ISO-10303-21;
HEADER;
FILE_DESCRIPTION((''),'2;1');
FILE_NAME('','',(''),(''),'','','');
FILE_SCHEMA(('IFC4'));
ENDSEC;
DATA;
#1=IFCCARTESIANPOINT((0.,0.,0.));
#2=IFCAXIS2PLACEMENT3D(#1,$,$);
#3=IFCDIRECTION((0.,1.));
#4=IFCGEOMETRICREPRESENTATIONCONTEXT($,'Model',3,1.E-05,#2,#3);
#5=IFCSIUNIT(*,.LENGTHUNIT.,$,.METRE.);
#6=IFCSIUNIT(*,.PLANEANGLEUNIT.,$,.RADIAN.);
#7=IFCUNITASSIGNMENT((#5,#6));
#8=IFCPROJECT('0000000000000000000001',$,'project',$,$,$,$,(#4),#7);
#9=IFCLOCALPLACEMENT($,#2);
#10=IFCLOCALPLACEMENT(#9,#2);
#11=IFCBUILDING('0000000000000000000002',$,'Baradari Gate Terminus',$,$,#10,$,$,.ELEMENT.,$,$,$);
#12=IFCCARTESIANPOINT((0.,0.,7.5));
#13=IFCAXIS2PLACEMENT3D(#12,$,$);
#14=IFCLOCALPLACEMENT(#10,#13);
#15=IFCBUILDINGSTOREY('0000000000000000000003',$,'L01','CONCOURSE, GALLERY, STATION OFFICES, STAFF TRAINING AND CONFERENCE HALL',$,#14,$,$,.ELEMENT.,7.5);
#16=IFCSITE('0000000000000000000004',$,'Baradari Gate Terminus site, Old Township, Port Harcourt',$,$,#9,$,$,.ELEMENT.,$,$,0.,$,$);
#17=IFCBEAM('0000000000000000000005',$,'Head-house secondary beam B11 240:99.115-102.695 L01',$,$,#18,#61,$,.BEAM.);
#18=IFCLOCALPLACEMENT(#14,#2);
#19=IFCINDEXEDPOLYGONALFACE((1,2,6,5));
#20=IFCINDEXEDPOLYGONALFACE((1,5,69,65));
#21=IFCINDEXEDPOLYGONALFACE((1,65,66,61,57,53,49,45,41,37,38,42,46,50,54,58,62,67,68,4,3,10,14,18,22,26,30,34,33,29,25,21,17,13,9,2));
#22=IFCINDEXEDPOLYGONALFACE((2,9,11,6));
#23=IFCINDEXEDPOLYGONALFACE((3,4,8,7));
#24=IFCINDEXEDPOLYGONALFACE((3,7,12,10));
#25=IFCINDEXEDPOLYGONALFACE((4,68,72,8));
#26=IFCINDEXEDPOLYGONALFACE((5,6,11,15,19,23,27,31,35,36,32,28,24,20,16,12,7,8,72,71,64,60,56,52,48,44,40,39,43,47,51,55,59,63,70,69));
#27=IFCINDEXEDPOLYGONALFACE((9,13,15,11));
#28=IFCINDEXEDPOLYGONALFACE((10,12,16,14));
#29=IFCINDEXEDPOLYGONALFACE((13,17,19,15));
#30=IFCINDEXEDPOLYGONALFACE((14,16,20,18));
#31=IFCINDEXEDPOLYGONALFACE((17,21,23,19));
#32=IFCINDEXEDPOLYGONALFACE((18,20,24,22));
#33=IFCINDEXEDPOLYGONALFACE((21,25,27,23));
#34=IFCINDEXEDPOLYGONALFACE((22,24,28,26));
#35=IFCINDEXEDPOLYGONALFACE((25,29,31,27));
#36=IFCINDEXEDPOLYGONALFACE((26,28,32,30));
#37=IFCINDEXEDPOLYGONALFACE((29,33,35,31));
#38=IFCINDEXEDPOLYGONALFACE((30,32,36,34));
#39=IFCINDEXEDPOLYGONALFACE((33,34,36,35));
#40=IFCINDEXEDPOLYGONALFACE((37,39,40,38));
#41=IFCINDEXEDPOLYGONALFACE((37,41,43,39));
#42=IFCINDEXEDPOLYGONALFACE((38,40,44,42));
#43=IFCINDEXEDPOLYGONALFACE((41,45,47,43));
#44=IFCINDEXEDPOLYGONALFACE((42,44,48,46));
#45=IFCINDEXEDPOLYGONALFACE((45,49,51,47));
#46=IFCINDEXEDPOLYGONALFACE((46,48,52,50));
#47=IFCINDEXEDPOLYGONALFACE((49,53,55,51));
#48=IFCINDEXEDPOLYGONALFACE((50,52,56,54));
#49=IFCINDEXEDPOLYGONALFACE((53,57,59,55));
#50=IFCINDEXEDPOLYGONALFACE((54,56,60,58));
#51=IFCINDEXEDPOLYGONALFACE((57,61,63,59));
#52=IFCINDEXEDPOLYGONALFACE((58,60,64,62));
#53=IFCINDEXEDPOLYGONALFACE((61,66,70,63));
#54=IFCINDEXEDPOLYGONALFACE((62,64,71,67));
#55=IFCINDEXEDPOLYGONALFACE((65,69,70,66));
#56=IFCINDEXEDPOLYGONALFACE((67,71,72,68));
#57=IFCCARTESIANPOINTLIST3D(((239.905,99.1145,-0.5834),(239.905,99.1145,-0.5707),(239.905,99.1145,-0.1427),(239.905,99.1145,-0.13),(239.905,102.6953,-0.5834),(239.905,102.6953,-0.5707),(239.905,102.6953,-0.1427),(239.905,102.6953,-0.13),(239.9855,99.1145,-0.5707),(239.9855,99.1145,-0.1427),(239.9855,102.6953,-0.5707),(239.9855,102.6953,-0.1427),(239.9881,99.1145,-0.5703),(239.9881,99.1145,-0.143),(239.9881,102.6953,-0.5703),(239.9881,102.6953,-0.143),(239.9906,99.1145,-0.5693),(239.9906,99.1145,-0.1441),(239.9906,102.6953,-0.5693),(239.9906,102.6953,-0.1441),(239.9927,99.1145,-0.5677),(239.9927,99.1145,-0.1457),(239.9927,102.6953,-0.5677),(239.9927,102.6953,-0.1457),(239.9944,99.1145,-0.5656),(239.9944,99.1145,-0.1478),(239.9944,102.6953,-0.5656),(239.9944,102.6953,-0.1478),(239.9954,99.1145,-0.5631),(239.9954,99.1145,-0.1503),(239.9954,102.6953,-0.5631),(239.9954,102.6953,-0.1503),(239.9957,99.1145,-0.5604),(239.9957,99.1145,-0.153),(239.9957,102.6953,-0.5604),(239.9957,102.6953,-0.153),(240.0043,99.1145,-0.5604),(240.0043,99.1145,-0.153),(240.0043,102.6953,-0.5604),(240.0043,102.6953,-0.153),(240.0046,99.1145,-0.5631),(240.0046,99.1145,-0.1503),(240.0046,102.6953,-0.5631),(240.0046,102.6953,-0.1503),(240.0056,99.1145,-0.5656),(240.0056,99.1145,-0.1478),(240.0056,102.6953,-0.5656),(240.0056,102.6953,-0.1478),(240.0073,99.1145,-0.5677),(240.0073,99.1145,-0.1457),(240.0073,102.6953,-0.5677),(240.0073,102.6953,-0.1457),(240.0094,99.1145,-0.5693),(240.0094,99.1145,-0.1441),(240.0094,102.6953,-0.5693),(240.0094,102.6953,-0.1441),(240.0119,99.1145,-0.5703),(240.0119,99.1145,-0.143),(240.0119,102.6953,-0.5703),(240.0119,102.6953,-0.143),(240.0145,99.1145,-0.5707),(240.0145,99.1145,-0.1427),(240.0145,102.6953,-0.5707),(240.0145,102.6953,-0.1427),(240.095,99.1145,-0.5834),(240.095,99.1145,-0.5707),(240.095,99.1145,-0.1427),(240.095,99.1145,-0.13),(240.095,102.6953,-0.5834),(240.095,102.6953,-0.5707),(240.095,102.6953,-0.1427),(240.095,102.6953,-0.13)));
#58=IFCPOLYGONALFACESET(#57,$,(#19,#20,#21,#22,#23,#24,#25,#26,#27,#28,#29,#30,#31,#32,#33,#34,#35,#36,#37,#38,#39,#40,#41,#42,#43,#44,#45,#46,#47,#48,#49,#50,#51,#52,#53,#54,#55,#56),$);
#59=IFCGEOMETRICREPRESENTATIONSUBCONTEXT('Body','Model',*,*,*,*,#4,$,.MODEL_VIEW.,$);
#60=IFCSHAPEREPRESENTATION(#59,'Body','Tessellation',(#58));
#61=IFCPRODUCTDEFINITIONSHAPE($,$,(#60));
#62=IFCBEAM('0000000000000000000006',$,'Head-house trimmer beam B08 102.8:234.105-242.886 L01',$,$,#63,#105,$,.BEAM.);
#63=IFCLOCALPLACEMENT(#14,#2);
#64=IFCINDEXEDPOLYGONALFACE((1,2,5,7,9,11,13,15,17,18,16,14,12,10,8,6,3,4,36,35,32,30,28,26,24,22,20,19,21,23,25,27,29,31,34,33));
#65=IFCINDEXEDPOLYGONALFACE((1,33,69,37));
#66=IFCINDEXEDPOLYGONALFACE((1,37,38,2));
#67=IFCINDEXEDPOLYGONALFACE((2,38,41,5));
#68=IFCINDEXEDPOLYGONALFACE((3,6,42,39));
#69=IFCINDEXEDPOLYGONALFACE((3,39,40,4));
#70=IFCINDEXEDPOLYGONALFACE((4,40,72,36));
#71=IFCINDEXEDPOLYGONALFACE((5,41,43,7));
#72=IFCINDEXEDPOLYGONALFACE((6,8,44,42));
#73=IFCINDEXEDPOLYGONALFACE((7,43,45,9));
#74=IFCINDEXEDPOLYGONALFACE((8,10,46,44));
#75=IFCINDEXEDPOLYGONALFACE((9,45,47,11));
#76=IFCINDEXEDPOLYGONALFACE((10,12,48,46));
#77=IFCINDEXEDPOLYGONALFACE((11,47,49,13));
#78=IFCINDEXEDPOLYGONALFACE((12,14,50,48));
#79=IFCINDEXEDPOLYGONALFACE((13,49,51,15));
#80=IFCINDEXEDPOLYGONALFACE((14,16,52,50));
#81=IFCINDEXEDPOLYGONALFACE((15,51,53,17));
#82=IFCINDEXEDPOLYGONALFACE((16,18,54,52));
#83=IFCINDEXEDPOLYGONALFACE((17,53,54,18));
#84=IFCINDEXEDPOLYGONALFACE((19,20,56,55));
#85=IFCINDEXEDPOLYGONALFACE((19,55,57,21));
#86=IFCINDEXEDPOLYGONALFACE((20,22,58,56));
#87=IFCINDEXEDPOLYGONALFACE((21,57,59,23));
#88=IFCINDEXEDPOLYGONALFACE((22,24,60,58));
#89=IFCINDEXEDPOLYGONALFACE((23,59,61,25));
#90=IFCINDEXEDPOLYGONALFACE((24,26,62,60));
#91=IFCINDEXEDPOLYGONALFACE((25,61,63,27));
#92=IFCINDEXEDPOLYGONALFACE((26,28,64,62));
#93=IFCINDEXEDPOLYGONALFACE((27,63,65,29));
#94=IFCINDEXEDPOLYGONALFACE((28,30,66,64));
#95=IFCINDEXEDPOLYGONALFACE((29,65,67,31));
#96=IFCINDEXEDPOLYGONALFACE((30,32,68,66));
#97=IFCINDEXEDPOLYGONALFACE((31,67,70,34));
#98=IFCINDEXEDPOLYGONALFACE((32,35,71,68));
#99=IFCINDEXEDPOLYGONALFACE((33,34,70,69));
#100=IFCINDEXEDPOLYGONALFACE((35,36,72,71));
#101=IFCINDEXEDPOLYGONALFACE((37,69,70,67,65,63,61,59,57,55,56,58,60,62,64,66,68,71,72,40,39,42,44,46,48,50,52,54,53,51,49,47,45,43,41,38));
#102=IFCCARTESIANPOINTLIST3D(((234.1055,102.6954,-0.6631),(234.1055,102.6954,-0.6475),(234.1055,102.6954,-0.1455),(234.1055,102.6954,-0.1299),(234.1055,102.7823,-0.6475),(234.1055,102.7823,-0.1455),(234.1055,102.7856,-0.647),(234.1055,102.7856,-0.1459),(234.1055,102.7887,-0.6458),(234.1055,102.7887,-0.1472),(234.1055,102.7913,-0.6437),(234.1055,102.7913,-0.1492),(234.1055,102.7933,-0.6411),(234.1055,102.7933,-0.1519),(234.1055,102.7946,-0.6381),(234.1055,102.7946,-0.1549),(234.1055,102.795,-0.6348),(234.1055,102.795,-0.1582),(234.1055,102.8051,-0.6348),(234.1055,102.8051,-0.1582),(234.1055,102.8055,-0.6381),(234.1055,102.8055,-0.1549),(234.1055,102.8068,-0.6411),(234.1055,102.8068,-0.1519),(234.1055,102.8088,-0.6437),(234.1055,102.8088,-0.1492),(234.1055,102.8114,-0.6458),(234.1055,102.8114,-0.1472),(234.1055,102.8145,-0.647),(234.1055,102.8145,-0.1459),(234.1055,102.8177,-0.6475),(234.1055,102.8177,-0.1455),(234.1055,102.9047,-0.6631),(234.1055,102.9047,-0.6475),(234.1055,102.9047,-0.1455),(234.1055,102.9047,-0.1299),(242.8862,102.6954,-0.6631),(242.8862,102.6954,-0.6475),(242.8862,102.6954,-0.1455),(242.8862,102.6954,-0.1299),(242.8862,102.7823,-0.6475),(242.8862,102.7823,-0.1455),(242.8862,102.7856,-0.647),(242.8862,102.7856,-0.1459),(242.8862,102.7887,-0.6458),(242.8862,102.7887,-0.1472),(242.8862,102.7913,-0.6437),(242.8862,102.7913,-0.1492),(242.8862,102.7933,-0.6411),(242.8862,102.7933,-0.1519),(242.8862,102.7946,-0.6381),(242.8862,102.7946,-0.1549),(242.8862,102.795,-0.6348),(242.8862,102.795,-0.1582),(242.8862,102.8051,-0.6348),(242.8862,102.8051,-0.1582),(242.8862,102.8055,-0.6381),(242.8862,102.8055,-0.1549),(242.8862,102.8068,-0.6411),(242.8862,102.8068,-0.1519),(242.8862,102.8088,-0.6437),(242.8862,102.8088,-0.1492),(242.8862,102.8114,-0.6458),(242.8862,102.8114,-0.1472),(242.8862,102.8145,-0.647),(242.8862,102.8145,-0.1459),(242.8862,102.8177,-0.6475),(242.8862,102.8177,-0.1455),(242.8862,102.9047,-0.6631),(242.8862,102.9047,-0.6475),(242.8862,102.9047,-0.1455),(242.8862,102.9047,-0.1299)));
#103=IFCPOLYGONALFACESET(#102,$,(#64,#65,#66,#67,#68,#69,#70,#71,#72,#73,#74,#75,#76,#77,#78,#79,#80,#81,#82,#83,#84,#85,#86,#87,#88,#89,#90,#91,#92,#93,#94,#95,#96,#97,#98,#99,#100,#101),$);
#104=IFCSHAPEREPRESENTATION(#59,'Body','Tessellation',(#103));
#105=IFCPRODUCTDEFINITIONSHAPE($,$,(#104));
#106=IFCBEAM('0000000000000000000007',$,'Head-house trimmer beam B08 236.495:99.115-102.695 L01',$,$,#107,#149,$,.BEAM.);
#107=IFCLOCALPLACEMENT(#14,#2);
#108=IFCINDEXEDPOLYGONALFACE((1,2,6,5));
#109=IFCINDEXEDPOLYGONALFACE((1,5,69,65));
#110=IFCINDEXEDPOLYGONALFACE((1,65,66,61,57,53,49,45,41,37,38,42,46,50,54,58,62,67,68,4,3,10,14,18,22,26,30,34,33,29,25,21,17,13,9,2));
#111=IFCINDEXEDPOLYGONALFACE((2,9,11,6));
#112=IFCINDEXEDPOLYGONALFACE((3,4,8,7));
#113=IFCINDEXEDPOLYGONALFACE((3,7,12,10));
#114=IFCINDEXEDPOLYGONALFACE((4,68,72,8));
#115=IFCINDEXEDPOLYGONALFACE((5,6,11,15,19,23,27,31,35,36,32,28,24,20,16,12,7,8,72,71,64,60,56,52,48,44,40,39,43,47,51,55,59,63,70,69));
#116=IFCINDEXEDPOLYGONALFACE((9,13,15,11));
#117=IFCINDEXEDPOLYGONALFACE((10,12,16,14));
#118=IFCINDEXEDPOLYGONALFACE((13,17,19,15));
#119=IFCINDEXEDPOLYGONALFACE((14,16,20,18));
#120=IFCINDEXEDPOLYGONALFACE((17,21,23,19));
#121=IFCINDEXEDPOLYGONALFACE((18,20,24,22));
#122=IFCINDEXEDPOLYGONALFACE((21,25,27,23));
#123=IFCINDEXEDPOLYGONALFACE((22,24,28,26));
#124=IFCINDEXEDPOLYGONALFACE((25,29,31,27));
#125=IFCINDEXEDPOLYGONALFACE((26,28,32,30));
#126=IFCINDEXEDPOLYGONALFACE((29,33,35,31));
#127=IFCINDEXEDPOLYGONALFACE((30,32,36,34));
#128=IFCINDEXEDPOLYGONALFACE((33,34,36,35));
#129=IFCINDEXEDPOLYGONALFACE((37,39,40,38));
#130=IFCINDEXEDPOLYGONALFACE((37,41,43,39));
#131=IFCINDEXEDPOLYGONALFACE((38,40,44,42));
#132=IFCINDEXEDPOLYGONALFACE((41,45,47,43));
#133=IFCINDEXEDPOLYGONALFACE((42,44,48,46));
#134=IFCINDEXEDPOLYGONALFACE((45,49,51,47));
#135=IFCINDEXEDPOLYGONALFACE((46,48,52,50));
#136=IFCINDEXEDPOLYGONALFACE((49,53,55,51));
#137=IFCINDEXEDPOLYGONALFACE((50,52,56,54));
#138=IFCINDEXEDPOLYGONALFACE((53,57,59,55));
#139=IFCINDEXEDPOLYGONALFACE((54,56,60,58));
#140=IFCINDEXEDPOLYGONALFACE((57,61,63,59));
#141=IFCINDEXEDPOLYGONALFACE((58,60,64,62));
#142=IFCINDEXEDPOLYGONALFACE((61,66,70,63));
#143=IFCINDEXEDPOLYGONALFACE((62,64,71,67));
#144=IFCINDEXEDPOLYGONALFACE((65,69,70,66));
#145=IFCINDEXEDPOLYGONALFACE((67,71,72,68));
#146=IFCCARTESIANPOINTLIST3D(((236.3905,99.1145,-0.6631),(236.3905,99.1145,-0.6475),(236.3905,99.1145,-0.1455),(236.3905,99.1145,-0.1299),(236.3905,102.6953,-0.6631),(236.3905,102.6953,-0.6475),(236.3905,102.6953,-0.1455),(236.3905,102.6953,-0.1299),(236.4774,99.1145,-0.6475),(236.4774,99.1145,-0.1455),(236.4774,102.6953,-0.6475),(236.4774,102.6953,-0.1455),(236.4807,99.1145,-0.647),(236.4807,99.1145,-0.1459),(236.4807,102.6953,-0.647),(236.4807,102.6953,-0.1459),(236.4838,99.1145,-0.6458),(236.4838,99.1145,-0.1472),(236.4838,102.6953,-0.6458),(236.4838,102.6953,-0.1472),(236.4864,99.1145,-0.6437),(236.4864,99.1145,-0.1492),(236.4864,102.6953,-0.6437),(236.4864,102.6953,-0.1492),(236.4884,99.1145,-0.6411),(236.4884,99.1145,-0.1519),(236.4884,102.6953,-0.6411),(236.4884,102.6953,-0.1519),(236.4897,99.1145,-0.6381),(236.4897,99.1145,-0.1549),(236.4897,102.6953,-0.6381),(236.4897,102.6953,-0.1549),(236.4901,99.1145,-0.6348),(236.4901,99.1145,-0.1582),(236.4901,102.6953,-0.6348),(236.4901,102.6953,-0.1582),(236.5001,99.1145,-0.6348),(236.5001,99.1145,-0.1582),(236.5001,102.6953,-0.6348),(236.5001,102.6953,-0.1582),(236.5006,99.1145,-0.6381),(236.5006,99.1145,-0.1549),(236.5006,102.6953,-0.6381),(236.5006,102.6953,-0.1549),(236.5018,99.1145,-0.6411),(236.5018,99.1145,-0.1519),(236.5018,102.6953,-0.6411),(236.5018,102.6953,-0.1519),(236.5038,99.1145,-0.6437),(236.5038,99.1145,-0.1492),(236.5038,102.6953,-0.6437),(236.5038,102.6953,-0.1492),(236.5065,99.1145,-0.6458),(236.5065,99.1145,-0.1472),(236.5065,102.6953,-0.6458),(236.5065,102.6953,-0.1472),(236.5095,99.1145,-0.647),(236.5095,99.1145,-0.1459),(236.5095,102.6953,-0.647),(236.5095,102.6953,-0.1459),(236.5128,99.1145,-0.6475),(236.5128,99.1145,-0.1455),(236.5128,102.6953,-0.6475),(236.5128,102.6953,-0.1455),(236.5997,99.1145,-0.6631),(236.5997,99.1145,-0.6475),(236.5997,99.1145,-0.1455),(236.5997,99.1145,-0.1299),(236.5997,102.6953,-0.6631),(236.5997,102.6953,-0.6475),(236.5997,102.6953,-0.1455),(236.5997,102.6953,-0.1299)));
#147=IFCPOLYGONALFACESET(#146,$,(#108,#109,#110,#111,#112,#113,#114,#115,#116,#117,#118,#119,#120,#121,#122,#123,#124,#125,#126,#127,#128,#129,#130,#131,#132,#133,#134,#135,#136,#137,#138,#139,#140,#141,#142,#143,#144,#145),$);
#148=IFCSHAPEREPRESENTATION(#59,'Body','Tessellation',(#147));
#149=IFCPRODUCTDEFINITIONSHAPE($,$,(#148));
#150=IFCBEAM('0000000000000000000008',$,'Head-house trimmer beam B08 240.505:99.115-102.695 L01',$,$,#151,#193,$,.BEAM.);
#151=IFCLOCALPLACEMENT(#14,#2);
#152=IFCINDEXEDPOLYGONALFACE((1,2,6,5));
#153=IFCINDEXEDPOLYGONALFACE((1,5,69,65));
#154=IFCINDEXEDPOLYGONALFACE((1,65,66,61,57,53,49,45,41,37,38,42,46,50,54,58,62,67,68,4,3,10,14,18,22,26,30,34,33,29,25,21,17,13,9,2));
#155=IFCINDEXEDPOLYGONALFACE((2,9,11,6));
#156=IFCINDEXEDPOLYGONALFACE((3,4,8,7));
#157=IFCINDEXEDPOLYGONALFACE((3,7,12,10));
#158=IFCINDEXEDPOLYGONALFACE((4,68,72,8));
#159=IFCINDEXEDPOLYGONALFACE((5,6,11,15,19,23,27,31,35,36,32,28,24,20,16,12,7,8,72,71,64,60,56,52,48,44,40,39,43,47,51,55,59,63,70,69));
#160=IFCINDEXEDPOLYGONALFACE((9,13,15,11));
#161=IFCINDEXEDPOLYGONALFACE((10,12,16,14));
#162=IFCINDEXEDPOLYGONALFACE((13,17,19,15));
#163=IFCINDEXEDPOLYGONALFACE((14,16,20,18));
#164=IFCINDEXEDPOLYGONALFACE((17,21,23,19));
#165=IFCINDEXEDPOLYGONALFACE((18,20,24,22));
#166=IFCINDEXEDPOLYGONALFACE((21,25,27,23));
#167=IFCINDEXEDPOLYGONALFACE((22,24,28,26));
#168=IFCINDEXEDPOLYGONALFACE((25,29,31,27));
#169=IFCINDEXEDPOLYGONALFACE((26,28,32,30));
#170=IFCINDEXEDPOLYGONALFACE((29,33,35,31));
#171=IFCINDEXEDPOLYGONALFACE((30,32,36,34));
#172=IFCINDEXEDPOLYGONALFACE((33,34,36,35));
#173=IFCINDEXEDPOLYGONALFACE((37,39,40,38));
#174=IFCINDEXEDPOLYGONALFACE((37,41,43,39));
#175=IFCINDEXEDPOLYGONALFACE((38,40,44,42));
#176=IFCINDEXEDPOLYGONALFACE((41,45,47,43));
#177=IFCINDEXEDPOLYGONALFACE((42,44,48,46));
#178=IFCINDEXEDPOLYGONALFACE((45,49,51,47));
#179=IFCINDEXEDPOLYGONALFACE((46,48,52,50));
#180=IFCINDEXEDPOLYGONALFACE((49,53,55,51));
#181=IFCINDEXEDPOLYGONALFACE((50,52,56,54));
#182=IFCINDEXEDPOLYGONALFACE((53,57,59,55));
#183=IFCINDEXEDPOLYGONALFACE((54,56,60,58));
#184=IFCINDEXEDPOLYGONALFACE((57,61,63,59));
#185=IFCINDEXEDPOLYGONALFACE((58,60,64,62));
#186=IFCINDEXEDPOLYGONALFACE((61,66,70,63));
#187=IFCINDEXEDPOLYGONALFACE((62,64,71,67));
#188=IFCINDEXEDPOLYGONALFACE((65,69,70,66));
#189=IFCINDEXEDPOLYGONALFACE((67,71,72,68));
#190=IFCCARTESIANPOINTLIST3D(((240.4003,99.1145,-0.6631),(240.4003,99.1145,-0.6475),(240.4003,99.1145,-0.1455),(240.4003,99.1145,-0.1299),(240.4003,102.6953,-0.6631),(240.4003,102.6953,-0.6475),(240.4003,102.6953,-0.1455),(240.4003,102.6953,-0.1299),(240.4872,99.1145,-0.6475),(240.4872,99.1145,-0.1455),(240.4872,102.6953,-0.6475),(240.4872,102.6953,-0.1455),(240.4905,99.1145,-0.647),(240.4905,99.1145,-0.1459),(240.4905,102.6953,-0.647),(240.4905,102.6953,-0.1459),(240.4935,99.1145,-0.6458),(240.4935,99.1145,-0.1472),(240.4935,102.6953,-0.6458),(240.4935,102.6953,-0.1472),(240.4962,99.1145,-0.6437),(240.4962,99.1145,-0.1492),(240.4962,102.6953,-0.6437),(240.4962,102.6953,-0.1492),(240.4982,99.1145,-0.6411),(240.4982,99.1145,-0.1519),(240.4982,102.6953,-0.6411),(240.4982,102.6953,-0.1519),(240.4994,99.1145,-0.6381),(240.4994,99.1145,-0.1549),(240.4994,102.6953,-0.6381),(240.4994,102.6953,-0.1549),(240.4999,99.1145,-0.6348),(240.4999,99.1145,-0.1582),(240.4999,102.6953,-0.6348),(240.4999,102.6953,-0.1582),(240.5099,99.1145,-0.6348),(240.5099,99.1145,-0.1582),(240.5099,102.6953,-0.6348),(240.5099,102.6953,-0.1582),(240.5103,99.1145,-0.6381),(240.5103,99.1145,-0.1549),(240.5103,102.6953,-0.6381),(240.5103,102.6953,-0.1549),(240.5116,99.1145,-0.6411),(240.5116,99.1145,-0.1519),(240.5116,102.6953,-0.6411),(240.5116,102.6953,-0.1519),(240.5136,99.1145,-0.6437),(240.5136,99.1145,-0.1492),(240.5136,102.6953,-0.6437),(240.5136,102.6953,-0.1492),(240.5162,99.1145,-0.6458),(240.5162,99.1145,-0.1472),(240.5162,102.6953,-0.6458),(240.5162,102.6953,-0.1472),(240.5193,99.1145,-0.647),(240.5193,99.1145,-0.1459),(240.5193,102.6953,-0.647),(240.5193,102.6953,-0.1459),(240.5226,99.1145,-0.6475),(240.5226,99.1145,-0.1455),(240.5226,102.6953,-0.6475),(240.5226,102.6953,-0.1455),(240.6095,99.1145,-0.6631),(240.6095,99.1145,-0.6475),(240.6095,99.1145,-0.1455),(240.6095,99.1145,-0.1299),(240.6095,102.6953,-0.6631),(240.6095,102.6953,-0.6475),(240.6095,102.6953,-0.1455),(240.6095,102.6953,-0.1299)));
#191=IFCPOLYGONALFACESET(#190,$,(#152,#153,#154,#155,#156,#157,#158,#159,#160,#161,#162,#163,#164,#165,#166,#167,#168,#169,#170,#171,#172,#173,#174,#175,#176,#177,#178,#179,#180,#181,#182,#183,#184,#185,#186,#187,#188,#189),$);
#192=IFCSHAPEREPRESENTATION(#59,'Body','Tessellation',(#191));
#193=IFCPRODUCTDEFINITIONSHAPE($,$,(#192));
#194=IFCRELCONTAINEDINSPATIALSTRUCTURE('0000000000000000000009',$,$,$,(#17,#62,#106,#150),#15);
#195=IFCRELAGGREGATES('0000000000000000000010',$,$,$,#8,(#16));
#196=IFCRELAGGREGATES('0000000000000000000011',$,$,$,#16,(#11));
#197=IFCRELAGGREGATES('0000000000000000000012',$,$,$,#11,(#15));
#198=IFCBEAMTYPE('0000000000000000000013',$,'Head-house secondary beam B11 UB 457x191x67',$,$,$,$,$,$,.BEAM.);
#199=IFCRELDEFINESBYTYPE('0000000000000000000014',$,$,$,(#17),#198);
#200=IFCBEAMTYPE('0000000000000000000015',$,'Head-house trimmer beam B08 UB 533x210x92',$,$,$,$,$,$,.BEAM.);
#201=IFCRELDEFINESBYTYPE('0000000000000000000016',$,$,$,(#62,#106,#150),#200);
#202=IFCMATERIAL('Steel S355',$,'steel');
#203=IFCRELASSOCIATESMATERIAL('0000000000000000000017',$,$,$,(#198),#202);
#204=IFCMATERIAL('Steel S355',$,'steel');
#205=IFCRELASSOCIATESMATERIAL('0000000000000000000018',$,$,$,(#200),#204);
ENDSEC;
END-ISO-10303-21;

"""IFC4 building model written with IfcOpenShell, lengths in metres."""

from ifc_helpers import new_model, si_unit, direction, frame, origin, origin_2d, place, context, subcontext, project, spatial, i_section, extrude, material, material_profile, profile_set, type_object, element, save


model = new_model("IFC4")

# Units and contexts
model_context = context("Model", 3, precision=1e-05, world=origin(), true_north=direction((0.0, 1.0)))
body_context = subcontext(model_context, "Body", "Model", "MODEL_VIEW")
ifc_project = project(units=[si_unit("LENGTHUNIT", "METRE"), si_unit("PLANEANGLEUNIT", "RADIAN")], contexts=[model_context])

# Site, building, storey
site_placement = place(None, origin())
site = spatial("IfcSite", under=ifc_project, at=site_placement, Name="Baradari Gate Terminus site, Old Township, Port Harcourt", CompositionType="ELEMENT", RefElevation=0.0)
building_placement = place(site_placement, origin())
building = spatial("IfcBuilding", under=site, at=building_placement, Name="Baradari Gate Terminus", CompositionType="ELEMENT")
storey_placement = place(building_placement, frame((0.0, 0.0, 7.5)))
storey = spatial("IfcBuildingStorey", under=building, at=storey_placement, Name="L01", Description="CONCOURSE, GALLERY, STATION OFFICES, STAFF TRAINING AND CONFERENCE HALL", CompositionType="ELEMENT", Elevation=7.5)

# Beams
ifc_material_1 = material(Name="Steel S355", Category="steel")
ifc_material_profile_1 = material_profile(ifc_material_1, i_section(OverallWidth=0.1899, OverallDepth=0.4534, WebThickness=0.0085, FlangeThickness=0.0127, FilletRadius=0.0103, at=origin_2d()), Name="UB 457x191x67")
ifc_profile_set_1 = profile_set([ifc_material_profile_1], Name="Steel S355")
beam_type_1 = type_object("IfcBeamType", Name="Head-house secondary beam B11 UB 457x191x67", PredefinedType="BEAM", material=ifc_profile_set_1)
for number, where, z_axis, x_axis, name in (
    (1, (240.0, 99.1145, -0.3567), (0.0, 1.0, 0.0), (-1.0, 0.0, 0.0), "Head-house secondary beam B11 240:99.115-102.695 L01"),
):
    element("IfcBeam", number, at=place(storey_placement, frame(where, z_axis=z_axis, x_axis=x_axis)), inside=storey, type_object=beam_type_1, Name=name, PredefinedType="BEAM", context=body_context, shape_type="SweptSolid", body=[
        extrude(i_section(OverallWidth=0.1899, OverallDepth=0.4534, WebThickness=0.0085, FlangeThickness=0.0127, FilletRadius=0.0103, at=origin_2d()), origin(), (0.0, 0.0, 1.0), 3.5808),
    ])
ifc_material_2 = material(Name="Steel S355", Category="steel")
ifc_material_profile_2 = material_profile(ifc_material_2, i_section(OverallWidth=0.2092, OverallDepth=0.5332, WebThickness=0.01, FlangeThickness=0.0156, FilletRadius=0.0127, at=origin_2d()), Name="UB 533x210x92")
ifc_profile_set_2 = profile_set([ifc_material_profile_2], Name="Steel S355")
beam_type_2 = type_object("IfcBeamType", Name="Head-house trimmer beam B08 UB 533x210x92", PredefinedType="BEAM", material=ifc_profile_set_2)
beam_1_placement = place(storey_placement, frame((234.1055, 102.8, -0.3965), z_axis=(1.0, 0.0, 0.0), x_axis=(0.0, 1.0, 0.0)))
element("IfcBeam", 2, at=beam_1_placement, inside=storey, type_object=beam_type_2, Name="Head-house trimmer beam B08 102.8:234.105-242.886 L01", PredefinedType="BEAM", context=body_context, shape_type="SweptSolid", body=[
    extrude(i_section(OverallWidth=0.2092, OverallDepth=0.5332, WebThickness=0.01, FlangeThickness=0.0156, FilletRadius=0.0127, at=origin_2d()), origin(), (0.0, 0.0, 1.0), 8.7808),
])
for number, where, z_axis, x_axis, name in (
    (3, (236.4951, 99.1145, -0.3965), (0.0, 1.0, 0.0), (-1.0, 0.0, 0.0), "Head-house trimmer beam B08 236.495:99.115-102.695 L01"),
    (4, (240.5049, 99.1145, -0.3965), (0.0, 1.0, 0.0), (-1.0, 0.0, 0.0), "Head-house trimmer beam B08 240.505:99.115-102.695 L01"),
):
    element("IfcBeam", number, at=place(storey_placement, frame(where, z_axis=z_axis, x_axis=x_axis)), inside=storey, type_object=beam_type_2, Name=name, PredefinedType="BEAM", context=body_context, shape_type="SweptSolid", body=[
        extrude(i_section(OverallWidth=0.2092, OverallDepth=0.5332, WebThickness=0.01, FlangeThickness=0.0156, FilletRadius=0.0127, at=origin_2d()), origin(), (0.0, 0.0, 1.0), 3.5808),
    ])

save(model, "model.ifc")
